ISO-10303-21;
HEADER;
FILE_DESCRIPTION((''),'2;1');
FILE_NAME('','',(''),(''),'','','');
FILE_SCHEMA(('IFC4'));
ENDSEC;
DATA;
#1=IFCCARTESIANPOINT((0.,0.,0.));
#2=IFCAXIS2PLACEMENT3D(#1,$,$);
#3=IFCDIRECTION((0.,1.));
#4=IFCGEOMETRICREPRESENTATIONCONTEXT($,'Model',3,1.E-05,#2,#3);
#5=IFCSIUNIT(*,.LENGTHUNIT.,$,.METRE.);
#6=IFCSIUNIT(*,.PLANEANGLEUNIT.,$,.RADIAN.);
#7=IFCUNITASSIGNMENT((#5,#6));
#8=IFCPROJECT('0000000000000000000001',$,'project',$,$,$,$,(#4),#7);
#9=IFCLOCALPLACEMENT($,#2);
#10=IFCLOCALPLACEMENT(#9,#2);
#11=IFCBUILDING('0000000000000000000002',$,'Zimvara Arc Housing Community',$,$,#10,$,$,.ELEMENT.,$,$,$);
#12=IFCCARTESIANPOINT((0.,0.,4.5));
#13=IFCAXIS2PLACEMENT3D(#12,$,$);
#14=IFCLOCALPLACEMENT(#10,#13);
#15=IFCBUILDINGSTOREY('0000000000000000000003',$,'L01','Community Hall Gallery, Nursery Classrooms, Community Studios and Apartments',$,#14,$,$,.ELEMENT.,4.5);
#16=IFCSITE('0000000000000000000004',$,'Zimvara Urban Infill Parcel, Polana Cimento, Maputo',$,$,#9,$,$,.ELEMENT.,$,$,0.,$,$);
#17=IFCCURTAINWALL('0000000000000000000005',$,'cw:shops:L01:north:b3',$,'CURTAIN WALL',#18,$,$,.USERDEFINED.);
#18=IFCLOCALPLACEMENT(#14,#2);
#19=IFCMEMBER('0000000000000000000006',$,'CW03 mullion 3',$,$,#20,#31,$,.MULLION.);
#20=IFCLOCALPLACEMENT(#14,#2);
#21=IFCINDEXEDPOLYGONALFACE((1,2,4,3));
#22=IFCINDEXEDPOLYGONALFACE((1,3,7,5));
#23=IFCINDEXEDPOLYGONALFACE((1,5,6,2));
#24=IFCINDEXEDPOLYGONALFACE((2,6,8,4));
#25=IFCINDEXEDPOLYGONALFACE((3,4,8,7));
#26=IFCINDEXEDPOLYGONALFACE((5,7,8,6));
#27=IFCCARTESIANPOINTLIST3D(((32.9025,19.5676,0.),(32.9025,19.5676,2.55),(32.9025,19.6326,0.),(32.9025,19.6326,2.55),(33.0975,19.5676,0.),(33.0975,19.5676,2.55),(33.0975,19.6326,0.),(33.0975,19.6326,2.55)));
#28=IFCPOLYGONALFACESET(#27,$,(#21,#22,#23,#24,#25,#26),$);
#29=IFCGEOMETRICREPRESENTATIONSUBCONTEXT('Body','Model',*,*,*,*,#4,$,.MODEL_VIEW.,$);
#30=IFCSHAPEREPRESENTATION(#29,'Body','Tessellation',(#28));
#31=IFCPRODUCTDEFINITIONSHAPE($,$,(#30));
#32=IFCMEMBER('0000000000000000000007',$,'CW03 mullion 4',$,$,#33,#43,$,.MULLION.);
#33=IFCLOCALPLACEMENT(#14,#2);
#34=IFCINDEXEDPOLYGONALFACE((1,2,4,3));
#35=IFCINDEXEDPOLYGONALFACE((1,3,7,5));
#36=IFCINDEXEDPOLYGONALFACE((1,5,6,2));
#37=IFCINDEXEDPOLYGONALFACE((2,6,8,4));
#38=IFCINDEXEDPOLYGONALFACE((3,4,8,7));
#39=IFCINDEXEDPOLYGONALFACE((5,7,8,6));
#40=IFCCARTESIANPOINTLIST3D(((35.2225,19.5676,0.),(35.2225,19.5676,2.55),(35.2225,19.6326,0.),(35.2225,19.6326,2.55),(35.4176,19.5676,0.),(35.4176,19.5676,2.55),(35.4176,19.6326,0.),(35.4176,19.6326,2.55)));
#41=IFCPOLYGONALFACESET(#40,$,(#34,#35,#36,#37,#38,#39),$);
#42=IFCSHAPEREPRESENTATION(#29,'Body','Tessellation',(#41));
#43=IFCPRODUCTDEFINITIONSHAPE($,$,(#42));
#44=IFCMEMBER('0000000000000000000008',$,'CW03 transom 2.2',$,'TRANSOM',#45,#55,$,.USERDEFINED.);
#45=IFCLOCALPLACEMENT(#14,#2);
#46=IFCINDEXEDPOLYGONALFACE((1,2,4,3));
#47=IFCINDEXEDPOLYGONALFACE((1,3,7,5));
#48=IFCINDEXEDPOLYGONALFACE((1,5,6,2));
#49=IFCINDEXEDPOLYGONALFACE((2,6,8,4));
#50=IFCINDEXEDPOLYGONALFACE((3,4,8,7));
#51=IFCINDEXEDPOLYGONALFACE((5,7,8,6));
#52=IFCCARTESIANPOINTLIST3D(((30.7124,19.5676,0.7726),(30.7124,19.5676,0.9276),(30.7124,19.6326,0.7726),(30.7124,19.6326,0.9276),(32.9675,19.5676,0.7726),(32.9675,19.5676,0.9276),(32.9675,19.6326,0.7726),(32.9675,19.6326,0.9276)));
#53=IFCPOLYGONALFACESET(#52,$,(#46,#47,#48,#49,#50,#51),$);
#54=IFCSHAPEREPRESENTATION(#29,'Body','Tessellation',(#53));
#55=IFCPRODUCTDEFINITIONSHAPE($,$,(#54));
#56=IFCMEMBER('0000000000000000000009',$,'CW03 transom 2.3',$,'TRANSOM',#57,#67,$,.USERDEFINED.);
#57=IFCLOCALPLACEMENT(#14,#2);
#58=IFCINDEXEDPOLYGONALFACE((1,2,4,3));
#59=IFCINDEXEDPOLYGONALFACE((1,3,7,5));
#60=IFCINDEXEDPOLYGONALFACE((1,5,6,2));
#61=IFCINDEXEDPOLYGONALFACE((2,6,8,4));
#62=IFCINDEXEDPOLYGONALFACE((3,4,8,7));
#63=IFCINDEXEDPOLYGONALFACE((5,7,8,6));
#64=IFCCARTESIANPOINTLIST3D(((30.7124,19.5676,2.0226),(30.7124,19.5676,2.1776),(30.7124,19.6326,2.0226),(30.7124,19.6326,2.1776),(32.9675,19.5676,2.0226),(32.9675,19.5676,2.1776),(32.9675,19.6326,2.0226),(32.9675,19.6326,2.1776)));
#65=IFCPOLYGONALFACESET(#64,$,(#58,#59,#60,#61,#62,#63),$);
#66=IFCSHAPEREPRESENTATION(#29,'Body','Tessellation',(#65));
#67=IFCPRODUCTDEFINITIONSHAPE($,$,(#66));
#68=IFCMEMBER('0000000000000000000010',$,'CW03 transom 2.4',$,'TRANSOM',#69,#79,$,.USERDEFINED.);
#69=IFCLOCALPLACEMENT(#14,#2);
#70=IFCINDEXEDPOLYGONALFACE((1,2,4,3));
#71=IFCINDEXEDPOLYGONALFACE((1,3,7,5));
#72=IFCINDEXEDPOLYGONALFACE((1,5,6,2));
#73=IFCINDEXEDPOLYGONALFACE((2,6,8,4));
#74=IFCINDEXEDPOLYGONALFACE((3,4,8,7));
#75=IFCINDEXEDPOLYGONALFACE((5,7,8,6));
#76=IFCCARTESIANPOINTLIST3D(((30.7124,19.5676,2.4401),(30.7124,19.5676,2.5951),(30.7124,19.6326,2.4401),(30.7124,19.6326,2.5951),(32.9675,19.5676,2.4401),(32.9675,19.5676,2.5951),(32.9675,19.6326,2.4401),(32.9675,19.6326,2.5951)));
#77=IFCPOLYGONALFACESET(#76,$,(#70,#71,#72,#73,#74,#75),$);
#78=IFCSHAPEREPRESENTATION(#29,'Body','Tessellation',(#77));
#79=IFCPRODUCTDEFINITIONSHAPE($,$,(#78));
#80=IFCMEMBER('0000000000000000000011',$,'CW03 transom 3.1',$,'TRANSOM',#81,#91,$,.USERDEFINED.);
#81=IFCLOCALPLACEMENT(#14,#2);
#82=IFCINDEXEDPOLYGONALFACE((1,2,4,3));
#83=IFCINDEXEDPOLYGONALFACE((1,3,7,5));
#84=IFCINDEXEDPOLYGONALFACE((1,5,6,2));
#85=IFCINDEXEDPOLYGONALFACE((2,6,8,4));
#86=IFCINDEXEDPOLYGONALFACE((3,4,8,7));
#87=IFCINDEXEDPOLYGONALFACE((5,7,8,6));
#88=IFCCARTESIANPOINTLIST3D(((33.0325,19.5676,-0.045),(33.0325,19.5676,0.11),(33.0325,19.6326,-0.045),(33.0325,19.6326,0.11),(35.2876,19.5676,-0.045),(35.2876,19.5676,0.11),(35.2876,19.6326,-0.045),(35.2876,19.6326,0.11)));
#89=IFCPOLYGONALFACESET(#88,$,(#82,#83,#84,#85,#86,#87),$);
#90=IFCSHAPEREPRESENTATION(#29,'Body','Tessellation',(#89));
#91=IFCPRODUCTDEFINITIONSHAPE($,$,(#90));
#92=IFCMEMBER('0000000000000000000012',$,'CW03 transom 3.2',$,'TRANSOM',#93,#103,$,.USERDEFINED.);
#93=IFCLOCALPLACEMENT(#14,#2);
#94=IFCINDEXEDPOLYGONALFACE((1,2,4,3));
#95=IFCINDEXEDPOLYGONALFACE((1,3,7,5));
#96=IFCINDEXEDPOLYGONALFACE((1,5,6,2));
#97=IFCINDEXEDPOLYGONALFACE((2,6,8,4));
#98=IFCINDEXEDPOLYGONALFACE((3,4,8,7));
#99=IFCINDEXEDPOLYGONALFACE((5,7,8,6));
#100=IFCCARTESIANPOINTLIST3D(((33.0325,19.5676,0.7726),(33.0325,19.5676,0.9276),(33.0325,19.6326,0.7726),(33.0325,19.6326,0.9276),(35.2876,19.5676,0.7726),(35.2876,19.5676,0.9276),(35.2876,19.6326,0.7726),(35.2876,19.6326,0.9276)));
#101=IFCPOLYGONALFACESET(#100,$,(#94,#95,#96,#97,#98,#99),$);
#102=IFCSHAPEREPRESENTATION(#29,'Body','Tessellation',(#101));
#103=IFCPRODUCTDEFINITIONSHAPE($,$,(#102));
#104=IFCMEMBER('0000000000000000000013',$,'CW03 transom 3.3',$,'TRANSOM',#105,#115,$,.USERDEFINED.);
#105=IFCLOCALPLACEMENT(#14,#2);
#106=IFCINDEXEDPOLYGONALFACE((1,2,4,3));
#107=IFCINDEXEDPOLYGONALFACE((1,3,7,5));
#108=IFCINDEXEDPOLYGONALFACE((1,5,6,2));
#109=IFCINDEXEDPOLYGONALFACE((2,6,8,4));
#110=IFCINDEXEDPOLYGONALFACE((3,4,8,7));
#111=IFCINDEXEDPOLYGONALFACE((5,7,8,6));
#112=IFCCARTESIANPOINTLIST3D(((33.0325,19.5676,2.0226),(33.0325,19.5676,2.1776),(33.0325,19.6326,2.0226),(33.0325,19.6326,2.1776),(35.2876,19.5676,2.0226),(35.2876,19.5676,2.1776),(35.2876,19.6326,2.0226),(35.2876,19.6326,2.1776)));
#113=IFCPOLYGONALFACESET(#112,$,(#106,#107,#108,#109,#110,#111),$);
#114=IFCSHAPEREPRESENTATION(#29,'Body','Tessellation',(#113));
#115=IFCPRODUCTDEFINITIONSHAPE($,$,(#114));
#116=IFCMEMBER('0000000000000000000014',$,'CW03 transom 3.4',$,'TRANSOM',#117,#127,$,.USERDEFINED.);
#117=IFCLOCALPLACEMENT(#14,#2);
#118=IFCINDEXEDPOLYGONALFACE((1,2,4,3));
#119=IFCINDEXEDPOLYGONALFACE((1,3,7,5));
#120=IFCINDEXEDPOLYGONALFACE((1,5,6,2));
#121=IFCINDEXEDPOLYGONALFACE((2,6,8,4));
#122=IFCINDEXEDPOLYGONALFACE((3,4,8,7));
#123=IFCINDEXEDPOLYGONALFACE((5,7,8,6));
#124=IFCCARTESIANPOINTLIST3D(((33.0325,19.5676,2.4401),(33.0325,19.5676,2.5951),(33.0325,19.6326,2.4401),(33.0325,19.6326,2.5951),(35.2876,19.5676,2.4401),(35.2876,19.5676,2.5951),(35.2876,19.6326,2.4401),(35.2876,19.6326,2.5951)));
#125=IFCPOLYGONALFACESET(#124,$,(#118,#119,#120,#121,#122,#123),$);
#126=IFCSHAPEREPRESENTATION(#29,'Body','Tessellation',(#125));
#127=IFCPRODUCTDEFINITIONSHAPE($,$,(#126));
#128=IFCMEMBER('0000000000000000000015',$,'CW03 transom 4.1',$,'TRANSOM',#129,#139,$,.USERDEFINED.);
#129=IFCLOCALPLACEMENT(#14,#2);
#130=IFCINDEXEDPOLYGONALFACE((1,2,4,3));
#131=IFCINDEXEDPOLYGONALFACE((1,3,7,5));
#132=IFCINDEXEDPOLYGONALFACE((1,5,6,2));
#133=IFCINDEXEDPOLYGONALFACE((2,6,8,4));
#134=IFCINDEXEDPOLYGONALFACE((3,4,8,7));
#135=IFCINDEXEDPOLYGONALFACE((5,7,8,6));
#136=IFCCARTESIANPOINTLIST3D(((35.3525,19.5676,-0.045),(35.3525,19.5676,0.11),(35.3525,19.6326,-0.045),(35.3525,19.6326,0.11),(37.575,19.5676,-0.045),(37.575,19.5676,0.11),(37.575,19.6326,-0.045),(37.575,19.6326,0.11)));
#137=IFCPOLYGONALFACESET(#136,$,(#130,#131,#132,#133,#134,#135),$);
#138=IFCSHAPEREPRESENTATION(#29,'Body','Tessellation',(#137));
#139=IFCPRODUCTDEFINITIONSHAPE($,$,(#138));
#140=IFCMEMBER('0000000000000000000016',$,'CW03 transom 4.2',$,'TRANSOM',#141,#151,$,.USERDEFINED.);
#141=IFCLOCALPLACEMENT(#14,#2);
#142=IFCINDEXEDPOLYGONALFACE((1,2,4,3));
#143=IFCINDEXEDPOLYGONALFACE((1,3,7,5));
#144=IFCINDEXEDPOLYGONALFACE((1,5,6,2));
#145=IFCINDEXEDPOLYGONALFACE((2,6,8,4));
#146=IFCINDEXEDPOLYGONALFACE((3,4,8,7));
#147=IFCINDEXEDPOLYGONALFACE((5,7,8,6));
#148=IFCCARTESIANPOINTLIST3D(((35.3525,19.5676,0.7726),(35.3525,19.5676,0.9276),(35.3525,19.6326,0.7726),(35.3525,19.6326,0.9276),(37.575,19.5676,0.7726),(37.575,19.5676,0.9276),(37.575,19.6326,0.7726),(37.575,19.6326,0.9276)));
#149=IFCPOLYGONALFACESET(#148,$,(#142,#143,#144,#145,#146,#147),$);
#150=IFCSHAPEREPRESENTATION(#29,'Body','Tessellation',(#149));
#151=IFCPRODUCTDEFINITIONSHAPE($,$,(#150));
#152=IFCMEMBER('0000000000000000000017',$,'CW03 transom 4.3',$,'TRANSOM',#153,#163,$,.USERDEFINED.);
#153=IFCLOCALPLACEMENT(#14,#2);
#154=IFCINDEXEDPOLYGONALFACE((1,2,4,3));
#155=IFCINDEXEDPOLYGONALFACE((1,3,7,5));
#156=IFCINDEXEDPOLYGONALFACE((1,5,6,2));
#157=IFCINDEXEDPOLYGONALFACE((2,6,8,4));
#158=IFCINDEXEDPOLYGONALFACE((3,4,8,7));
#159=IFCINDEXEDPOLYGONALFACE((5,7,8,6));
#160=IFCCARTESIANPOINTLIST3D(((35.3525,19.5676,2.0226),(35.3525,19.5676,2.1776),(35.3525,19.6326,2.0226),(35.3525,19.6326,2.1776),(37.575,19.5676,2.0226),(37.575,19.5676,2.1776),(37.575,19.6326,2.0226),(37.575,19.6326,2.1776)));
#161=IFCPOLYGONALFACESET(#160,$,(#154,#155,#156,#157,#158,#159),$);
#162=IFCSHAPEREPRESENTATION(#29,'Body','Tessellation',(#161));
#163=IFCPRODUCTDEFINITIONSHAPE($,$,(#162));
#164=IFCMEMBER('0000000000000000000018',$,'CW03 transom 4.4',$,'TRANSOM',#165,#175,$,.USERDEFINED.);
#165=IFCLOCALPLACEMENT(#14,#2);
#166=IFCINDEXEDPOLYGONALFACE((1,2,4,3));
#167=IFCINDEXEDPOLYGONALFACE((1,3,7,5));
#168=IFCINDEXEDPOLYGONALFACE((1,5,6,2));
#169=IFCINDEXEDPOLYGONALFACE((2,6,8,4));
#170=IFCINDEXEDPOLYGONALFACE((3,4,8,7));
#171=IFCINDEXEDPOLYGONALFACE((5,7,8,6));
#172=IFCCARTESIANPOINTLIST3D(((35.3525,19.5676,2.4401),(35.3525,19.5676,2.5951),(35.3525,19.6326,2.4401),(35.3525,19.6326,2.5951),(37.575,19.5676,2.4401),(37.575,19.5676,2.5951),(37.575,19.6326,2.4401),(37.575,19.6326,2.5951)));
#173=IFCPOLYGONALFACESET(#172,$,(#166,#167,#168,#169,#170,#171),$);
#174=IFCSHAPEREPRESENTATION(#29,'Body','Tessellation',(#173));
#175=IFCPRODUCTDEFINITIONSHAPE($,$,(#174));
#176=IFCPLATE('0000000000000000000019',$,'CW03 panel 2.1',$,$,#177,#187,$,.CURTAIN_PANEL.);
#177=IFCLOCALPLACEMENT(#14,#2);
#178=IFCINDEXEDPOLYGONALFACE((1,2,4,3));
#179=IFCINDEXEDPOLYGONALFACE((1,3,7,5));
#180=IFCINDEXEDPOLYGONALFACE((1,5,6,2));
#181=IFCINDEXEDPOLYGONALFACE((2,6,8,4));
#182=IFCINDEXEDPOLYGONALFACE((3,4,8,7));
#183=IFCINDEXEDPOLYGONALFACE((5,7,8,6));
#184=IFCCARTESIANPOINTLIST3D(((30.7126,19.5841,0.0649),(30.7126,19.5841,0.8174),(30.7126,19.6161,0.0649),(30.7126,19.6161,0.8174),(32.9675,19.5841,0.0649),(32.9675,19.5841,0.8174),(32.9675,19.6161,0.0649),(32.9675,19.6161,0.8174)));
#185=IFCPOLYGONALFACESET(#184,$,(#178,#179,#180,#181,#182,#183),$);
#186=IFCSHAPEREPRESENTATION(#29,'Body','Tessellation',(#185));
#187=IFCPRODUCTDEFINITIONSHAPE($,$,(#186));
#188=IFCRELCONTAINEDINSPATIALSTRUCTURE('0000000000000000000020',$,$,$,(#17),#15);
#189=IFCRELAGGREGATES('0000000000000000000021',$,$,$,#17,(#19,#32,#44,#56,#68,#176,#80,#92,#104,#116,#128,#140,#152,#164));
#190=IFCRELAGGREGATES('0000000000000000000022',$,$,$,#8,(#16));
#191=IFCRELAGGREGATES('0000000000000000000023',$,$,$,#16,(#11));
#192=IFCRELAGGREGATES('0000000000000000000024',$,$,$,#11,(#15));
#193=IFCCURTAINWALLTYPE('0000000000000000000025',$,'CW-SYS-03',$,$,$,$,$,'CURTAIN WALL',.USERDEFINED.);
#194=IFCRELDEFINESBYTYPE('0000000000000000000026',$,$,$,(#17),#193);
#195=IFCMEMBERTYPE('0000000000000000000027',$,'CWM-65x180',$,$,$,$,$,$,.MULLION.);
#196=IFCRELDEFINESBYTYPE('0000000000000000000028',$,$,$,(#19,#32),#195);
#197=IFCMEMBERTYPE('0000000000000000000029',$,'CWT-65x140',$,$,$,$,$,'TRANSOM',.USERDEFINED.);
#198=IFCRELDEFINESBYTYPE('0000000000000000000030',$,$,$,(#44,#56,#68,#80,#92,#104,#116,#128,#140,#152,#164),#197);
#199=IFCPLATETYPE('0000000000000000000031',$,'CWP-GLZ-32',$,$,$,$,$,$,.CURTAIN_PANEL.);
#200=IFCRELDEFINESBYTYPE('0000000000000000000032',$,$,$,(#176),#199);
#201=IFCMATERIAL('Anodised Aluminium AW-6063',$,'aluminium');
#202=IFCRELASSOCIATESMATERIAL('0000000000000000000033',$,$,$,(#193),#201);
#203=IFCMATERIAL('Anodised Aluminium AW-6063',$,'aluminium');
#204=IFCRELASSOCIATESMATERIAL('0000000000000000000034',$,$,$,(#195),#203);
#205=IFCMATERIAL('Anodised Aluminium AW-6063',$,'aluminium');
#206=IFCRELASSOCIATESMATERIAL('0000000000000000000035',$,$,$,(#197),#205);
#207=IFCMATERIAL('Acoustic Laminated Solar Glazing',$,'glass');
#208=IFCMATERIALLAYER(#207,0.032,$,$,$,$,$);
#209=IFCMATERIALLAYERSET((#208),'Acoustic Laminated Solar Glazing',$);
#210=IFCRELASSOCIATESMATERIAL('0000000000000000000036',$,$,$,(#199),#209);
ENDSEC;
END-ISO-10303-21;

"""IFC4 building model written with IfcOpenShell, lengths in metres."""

from ifc_helpers import new_model, si_unit, direction, frame, origin, origin_2d, place, context, subcontext, project, spatial, rectangle, extrude, material, layer, layer_set, material_profile, profile_set, type_object, element, aggregate, save


model = new_model("IFC4")

# Units and contexts
model_context = context("Model", 3, precision=1e-05, world=origin(), true_north=direction((0.0, 1.0)))
body_context = subcontext(model_context, "Body", "Model", "MODEL_VIEW")
ifc_project = project(units=[si_unit("LENGTHUNIT", "METRE"), si_unit("PLANEANGLEUNIT", "RADIAN")], contexts=[model_context])

# Site, building, storey
site_placement = place(None, origin())
site = spatial("IfcSite", under=ifc_project, at=site_placement, Name="Zimvara Urban Infill Parcel, Polana Cimento, Maputo", CompositionType="ELEMENT", RefElevation=0.0)
building_placement = place(site_placement, origin())
building = spatial("IfcBuilding", under=site, at=building_placement, Name="Zimvara Arc Housing Community", CompositionType="ELEMENT")
storey_placement = place(building_placement, frame((0.0, 0.0, 4.5)))
storey = spatial("IfcBuildingStorey", under=building, at=storey_placement, Name="L01", Description="Community Hall Gallery, Nursery Classrooms, Community Studios and Apartments", CompositionType="ELEMENT", Elevation=4.5)

# Curtain wall, members, plate
ifc_material_1 = material(Name="Anodised Aluminium AW-6063", Category="aluminium")
curtain_wall_type = type_object("IfcCurtainWallType", Name="CW-SYS-03", ElementType="CURTAIN WALL", PredefinedType="USERDEFINED", material=ifc_material_1)
curtain_wall_placement = place(storey_placement, origin())
curtain_wall = element("IfcCurtainWall", 1, at=curtain_wall_placement, inside=storey, type_object=curtain_wall_type, Name="cw:shops:L01:north:b3", ObjectType="CURTAIN WALL", PredefinedType="USERDEFINED")
ifc_material_2 = material(Name="Anodised Aluminium AW-6063", Category="aluminium")
ifc_material_profile_1 = material_profile(ifc_material_2, rectangle(XDim=0.0649, YDim=0.1951, at=origin_2d()), Name="ALU 65x195")
ifc_profile_set_1 = profile_set([ifc_material_profile_1], Name="Anodised Aluminium AW-6063")
member_type_1 = type_object("IfcMemberType", Name="CWM-65x180", PredefinedType="MULLION", material=ifc_profile_set_1)
member_1_placement = place(storey_placement, frame((33.0, 19.6001, 0.0), z_axis=(0.0, 0.0, 1.0), x_axis=(0.0, 1.0, 0.0)))
member_1 = element("IfcMember", 2, at=member_1_placement, type_object=member_type_1, Name="CW03 mullion 3", PredefinedType="MULLION", context=body_context, shape_type="SweptSolid", body=[
    extrude(rectangle(XDim=0.0649, YDim=0.1951, at=origin_2d()), origin(), (0.0, 0.0, 1.0), 2.55),
])
member_2_placement = place(storey_placement, frame((35.3201, 19.6001, 0.0), z_axis=(0.0, 0.0, 1.0), x_axis=(0.0, 1.0, 0.0)))
member_2 = element("IfcMember", 3, at=member_2_placement, type_object=member_type_1, Name="CW03 mullion 4", PredefinedType="MULLION", context=body_context, shape_type="SweptSolid", body=[
    extrude(rectangle(XDim=0.0649, YDim=0.1951, at=origin_2d()), origin(), (0.0, 0.0, 1.0), 2.55),
])
ifc_material_3 = material(Name="Anodised Aluminium AW-6063", Category="aluminium")
ifc_material_profile_2 = material_profile(ifc_material_3, rectangle(XDim=0.0649, YDim=0.155, at=origin_2d()), Name="ALU 65x155")
ifc_profile_set_2 = profile_set([ifc_material_profile_2], Name="Anodised Aluminium AW-6063")
member_type_2 = type_object("IfcMemberType", Name="CWT-65x140", ElementType="TRANSOM", PredefinedType="USERDEFINED", material=ifc_profile_set_2)
member_3_placement = place(storey_placement, frame((30.7124, 19.6001, 0.8501), z_axis=(1.0, 0.0, 0.0), x_axis=(0.0, 1.0, 0.0)))
member_3 = element("IfcMember", 4, at=member_3_placement, type_object=member_type_2, Name="CW03 transom 2.2", ObjectType="TRANSOM", PredefinedType="USERDEFINED", context=body_context, shape_type="SweptSolid", body=[
    extrude(rectangle(XDim=0.0649, YDim=0.155, at=origin_2d()), origin(), (0.0, 0.0, 1.0), 2.2551),
])
member_4_placement = place(storey_placement, frame((30.7124, 19.6001, 2.1001), z_axis=(1.0, 0.0, 0.0), x_axis=(0.0, 1.0, 0.0)))
member_4 = element("IfcMember", 5, at=member_4_placement, type_object=member_type_2, Name="CW03 transom 2.3", ObjectType="TRANSOM", PredefinedType="USERDEFINED", context=body_context, shape_type="SweptSolid", body=[
    extrude(rectangle(XDim=0.0649, YDim=0.155, at=origin_2d()), origin(), (0.0, 0.0, 1.0), 2.2551),
])
member_5_placement = place(storey_placement, frame((30.7124, 19.6001, 2.5176), z_axis=(1.0, 0.0, 0.0), x_axis=(0.0, 1.0, 0.0)))
member_5 = element("IfcMember", 6, at=member_5_placement, type_object=member_type_2, Name="CW03 transom 2.4", ObjectType="TRANSOM", PredefinedType="USERDEFINED", context=body_context, shape_type="SweptSolid", body=[
    extrude(rectangle(XDim=0.0649, YDim=0.155, at=origin_2d()), origin(), (0.0, 0.0, 1.0), 2.2551),
])
member_6_placement = place(storey_placement, frame((33.0325, 19.6001, 0.0325), z_axis=(1.0, 0.0, 0.0), x_axis=(0.0, 1.0, 0.0)))
member_6 = element("IfcMember", 7, at=member_6_placement, type_object=member_type_2, Name="CW03 transom 3.1", ObjectType="TRANSOM", PredefinedType="USERDEFINED", context=body_context, shape_type="SweptSolid", body=[
    extrude(rectangle(XDim=0.0649, YDim=0.155, at=origin_2d()), origin(), (0.0, 0.0, 1.0), 2.2551),
])
member_7_placement = place(storey_placement, frame((33.0325, 19.6001, 0.8501), z_axis=(1.0, 0.0, 0.0), x_axis=(0.0, 1.0, 0.0)))
member_7 = element("IfcMember", 8, at=member_7_placement, type_object=member_type_2, Name="CW03 transom 3.2", ObjectType="TRANSOM", PredefinedType="USERDEFINED", context=body_context, shape_type="SweptSolid", body=[
    extrude(rectangle(XDim=0.0649, YDim=0.155, at=origin_2d()), origin(), (0.0, 0.0, 1.0), 2.2551),
])
member_8_placement = place(storey_placement, frame((33.0325, 19.6001, 2.1001), z_axis=(1.0, 0.0, 0.0), x_axis=(0.0, 1.0, 0.0)))
member_8 = element("IfcMember", 9, at=member_8_placement, type_object=member_type_2, Name="CW03 transom 3.3", ObjectType="TRANSOM", PredefinedType="USERDEFINED", context=body_context, shape_type="SweptSolid", body=[
    extrude(rectangle(XDim=0.0649, YDim=0.155, at=origin_2d()), origin(), (0.0, 0.0, 1.0), 2.2551),
])
member_9_placement = place(storey_placement, frame((33.0325, 19.6001, 2.5176), z_axis=(1.0, 0.0, 0.0), x_axis=(0.0, 1.0, 0.0)))
member_9 = element("IfcMember", 10, at=member_9_placement, type_object=member_type_2, Name="CW03 transom 3.4", ObjectType="TRANSOM", PredefinedType="USERDEFINED", context=body_context, shape_type="SweptSolid", body=[
    extrude(rectangle(XDim=0.0649, YDim=0.155, at=origin_2d()), origin(), (0.0, 0.0, 1.0), 2.2551),
])
member_10_placement = place(storey_placement, frame((35.3525, 19.6001, 0.0325), z_axis=(1.0, 0.0, 0.0), x_axis=(0.0, 1.0, 0.0)))
member_10 = element("IfcMember", 11, at=member_10_placement, type_object=member_type_2, Name="CW03 transom 4.1", ObjectType="TRANSOM", PredefinedType="USERDEFINED", context=body_context, shape_type="SweptSolid", body=[
    extrude(rectangle(XDim=0.0649, YDim=0.155, at=origin_2d()), origin(), (0.0, 0.0, 1.0), 2.2224),
])
member_11_placement = place(storey_placement, frame((35.3525, 19.6001, 0.8501), z_axis=(1.0, 0.0, 0.0), x_axis=(0.0, 1.0, 0.0)))
member_11 = element("IfcMember", 12, at=member_11_placement, type_object=member_type_2, Name="CW03 transom 4.2", ObjectType="TRANSOM", PredefinedType="USERDEFINED", context=body_context, shape_type="SweptSolid", body=[
    extrude(rectangle(XDim=0.0649, YDim=0.155, at=origin_2d()), origin(), (0.0, 0.0, 1.0), 2.2224),
])
member_12_placement = place(storey_placement, frame((35.3525, 19.6001, 2.1001), z_axis=(1.0, 0.0, 0.0), x_axis=(0.0, 1.0, 0.0)))
member_12 = element("IfcMember", 13, at=member_12_placement, type_object=member_type_2, Name="CW03 transom 4.3", ObjectType="TRANSOM", PredefinedType="USERDEFINED", context=body_context, shape_type="SweptSolid", body=[
    extrude(rectangle(XDim=0.0649, YDim=0.155, at=origin_2d()), origin(), (0.0, 0.0, 1.0), 2.2224),
])
member_13_placement = place(storey_placement, frame((35.3525, 19.6001, 2.5176), z_axis=(1.0, 0.0, 0.0), x_axis=(0.0, 1.0, 0.0)))
member_13 = element("IfcMember", 14, at=member_13_placement, type_object=member_type_2, Name="CW03 transom 4.4", ObjectType="TRANSOM", PredefinedType="USERDEFINED", context=body_context, shape_type="SweptSolid", body=[
    extrude(rectangle(XDim=0.0649, YDim=0.155, at=origin_2d()), origin(), (0.0, 0.0, 1.0), 2.2224),
])
ifc_material_4 = material(Name="Acoustic Laminated Solar Glazing", Category="glass")
ifc_layer = layer(ifc_material_4, 0.032)
ifc_layer_set = layer_set([ifc_layer], Name="Acoustic Laminated Solar Glazing")
plate_type = type_object("IfcPlateType", Name="CWP-GLZ-32", PredefinedType="CURTAIN_PANEL", material=ifc_layer_set)
plate_1_placement = place(storey_placement, frame((31.8401, 19.6001, 0.0649), z_axis=(0.0, 0.0, 1.0), x_axis=(1.0, 0.0, 0.0)))
plate_1 = element("IfcPlate", 15, at=plate_1_placement, type_object=plate_type, Name="CW03 panel 2.1", PredefinedType="CURTAIN_PANEL", context=body_context, shape_type="SweptSolid", body=[
    extrude(rectangle(XDim=2.2549, YDim=0.032, at=origin_2d()), origin(), (0.0, 0.0, 1.0), 0.7524),
])
aggregate(curtain_wall, [member_1, member_2, member_3, member_4, member_5, plate_1, member_6, member_7, member_8, member_9, member_10, member_11, member_12, member_13])

save(model, "model.ifc")
